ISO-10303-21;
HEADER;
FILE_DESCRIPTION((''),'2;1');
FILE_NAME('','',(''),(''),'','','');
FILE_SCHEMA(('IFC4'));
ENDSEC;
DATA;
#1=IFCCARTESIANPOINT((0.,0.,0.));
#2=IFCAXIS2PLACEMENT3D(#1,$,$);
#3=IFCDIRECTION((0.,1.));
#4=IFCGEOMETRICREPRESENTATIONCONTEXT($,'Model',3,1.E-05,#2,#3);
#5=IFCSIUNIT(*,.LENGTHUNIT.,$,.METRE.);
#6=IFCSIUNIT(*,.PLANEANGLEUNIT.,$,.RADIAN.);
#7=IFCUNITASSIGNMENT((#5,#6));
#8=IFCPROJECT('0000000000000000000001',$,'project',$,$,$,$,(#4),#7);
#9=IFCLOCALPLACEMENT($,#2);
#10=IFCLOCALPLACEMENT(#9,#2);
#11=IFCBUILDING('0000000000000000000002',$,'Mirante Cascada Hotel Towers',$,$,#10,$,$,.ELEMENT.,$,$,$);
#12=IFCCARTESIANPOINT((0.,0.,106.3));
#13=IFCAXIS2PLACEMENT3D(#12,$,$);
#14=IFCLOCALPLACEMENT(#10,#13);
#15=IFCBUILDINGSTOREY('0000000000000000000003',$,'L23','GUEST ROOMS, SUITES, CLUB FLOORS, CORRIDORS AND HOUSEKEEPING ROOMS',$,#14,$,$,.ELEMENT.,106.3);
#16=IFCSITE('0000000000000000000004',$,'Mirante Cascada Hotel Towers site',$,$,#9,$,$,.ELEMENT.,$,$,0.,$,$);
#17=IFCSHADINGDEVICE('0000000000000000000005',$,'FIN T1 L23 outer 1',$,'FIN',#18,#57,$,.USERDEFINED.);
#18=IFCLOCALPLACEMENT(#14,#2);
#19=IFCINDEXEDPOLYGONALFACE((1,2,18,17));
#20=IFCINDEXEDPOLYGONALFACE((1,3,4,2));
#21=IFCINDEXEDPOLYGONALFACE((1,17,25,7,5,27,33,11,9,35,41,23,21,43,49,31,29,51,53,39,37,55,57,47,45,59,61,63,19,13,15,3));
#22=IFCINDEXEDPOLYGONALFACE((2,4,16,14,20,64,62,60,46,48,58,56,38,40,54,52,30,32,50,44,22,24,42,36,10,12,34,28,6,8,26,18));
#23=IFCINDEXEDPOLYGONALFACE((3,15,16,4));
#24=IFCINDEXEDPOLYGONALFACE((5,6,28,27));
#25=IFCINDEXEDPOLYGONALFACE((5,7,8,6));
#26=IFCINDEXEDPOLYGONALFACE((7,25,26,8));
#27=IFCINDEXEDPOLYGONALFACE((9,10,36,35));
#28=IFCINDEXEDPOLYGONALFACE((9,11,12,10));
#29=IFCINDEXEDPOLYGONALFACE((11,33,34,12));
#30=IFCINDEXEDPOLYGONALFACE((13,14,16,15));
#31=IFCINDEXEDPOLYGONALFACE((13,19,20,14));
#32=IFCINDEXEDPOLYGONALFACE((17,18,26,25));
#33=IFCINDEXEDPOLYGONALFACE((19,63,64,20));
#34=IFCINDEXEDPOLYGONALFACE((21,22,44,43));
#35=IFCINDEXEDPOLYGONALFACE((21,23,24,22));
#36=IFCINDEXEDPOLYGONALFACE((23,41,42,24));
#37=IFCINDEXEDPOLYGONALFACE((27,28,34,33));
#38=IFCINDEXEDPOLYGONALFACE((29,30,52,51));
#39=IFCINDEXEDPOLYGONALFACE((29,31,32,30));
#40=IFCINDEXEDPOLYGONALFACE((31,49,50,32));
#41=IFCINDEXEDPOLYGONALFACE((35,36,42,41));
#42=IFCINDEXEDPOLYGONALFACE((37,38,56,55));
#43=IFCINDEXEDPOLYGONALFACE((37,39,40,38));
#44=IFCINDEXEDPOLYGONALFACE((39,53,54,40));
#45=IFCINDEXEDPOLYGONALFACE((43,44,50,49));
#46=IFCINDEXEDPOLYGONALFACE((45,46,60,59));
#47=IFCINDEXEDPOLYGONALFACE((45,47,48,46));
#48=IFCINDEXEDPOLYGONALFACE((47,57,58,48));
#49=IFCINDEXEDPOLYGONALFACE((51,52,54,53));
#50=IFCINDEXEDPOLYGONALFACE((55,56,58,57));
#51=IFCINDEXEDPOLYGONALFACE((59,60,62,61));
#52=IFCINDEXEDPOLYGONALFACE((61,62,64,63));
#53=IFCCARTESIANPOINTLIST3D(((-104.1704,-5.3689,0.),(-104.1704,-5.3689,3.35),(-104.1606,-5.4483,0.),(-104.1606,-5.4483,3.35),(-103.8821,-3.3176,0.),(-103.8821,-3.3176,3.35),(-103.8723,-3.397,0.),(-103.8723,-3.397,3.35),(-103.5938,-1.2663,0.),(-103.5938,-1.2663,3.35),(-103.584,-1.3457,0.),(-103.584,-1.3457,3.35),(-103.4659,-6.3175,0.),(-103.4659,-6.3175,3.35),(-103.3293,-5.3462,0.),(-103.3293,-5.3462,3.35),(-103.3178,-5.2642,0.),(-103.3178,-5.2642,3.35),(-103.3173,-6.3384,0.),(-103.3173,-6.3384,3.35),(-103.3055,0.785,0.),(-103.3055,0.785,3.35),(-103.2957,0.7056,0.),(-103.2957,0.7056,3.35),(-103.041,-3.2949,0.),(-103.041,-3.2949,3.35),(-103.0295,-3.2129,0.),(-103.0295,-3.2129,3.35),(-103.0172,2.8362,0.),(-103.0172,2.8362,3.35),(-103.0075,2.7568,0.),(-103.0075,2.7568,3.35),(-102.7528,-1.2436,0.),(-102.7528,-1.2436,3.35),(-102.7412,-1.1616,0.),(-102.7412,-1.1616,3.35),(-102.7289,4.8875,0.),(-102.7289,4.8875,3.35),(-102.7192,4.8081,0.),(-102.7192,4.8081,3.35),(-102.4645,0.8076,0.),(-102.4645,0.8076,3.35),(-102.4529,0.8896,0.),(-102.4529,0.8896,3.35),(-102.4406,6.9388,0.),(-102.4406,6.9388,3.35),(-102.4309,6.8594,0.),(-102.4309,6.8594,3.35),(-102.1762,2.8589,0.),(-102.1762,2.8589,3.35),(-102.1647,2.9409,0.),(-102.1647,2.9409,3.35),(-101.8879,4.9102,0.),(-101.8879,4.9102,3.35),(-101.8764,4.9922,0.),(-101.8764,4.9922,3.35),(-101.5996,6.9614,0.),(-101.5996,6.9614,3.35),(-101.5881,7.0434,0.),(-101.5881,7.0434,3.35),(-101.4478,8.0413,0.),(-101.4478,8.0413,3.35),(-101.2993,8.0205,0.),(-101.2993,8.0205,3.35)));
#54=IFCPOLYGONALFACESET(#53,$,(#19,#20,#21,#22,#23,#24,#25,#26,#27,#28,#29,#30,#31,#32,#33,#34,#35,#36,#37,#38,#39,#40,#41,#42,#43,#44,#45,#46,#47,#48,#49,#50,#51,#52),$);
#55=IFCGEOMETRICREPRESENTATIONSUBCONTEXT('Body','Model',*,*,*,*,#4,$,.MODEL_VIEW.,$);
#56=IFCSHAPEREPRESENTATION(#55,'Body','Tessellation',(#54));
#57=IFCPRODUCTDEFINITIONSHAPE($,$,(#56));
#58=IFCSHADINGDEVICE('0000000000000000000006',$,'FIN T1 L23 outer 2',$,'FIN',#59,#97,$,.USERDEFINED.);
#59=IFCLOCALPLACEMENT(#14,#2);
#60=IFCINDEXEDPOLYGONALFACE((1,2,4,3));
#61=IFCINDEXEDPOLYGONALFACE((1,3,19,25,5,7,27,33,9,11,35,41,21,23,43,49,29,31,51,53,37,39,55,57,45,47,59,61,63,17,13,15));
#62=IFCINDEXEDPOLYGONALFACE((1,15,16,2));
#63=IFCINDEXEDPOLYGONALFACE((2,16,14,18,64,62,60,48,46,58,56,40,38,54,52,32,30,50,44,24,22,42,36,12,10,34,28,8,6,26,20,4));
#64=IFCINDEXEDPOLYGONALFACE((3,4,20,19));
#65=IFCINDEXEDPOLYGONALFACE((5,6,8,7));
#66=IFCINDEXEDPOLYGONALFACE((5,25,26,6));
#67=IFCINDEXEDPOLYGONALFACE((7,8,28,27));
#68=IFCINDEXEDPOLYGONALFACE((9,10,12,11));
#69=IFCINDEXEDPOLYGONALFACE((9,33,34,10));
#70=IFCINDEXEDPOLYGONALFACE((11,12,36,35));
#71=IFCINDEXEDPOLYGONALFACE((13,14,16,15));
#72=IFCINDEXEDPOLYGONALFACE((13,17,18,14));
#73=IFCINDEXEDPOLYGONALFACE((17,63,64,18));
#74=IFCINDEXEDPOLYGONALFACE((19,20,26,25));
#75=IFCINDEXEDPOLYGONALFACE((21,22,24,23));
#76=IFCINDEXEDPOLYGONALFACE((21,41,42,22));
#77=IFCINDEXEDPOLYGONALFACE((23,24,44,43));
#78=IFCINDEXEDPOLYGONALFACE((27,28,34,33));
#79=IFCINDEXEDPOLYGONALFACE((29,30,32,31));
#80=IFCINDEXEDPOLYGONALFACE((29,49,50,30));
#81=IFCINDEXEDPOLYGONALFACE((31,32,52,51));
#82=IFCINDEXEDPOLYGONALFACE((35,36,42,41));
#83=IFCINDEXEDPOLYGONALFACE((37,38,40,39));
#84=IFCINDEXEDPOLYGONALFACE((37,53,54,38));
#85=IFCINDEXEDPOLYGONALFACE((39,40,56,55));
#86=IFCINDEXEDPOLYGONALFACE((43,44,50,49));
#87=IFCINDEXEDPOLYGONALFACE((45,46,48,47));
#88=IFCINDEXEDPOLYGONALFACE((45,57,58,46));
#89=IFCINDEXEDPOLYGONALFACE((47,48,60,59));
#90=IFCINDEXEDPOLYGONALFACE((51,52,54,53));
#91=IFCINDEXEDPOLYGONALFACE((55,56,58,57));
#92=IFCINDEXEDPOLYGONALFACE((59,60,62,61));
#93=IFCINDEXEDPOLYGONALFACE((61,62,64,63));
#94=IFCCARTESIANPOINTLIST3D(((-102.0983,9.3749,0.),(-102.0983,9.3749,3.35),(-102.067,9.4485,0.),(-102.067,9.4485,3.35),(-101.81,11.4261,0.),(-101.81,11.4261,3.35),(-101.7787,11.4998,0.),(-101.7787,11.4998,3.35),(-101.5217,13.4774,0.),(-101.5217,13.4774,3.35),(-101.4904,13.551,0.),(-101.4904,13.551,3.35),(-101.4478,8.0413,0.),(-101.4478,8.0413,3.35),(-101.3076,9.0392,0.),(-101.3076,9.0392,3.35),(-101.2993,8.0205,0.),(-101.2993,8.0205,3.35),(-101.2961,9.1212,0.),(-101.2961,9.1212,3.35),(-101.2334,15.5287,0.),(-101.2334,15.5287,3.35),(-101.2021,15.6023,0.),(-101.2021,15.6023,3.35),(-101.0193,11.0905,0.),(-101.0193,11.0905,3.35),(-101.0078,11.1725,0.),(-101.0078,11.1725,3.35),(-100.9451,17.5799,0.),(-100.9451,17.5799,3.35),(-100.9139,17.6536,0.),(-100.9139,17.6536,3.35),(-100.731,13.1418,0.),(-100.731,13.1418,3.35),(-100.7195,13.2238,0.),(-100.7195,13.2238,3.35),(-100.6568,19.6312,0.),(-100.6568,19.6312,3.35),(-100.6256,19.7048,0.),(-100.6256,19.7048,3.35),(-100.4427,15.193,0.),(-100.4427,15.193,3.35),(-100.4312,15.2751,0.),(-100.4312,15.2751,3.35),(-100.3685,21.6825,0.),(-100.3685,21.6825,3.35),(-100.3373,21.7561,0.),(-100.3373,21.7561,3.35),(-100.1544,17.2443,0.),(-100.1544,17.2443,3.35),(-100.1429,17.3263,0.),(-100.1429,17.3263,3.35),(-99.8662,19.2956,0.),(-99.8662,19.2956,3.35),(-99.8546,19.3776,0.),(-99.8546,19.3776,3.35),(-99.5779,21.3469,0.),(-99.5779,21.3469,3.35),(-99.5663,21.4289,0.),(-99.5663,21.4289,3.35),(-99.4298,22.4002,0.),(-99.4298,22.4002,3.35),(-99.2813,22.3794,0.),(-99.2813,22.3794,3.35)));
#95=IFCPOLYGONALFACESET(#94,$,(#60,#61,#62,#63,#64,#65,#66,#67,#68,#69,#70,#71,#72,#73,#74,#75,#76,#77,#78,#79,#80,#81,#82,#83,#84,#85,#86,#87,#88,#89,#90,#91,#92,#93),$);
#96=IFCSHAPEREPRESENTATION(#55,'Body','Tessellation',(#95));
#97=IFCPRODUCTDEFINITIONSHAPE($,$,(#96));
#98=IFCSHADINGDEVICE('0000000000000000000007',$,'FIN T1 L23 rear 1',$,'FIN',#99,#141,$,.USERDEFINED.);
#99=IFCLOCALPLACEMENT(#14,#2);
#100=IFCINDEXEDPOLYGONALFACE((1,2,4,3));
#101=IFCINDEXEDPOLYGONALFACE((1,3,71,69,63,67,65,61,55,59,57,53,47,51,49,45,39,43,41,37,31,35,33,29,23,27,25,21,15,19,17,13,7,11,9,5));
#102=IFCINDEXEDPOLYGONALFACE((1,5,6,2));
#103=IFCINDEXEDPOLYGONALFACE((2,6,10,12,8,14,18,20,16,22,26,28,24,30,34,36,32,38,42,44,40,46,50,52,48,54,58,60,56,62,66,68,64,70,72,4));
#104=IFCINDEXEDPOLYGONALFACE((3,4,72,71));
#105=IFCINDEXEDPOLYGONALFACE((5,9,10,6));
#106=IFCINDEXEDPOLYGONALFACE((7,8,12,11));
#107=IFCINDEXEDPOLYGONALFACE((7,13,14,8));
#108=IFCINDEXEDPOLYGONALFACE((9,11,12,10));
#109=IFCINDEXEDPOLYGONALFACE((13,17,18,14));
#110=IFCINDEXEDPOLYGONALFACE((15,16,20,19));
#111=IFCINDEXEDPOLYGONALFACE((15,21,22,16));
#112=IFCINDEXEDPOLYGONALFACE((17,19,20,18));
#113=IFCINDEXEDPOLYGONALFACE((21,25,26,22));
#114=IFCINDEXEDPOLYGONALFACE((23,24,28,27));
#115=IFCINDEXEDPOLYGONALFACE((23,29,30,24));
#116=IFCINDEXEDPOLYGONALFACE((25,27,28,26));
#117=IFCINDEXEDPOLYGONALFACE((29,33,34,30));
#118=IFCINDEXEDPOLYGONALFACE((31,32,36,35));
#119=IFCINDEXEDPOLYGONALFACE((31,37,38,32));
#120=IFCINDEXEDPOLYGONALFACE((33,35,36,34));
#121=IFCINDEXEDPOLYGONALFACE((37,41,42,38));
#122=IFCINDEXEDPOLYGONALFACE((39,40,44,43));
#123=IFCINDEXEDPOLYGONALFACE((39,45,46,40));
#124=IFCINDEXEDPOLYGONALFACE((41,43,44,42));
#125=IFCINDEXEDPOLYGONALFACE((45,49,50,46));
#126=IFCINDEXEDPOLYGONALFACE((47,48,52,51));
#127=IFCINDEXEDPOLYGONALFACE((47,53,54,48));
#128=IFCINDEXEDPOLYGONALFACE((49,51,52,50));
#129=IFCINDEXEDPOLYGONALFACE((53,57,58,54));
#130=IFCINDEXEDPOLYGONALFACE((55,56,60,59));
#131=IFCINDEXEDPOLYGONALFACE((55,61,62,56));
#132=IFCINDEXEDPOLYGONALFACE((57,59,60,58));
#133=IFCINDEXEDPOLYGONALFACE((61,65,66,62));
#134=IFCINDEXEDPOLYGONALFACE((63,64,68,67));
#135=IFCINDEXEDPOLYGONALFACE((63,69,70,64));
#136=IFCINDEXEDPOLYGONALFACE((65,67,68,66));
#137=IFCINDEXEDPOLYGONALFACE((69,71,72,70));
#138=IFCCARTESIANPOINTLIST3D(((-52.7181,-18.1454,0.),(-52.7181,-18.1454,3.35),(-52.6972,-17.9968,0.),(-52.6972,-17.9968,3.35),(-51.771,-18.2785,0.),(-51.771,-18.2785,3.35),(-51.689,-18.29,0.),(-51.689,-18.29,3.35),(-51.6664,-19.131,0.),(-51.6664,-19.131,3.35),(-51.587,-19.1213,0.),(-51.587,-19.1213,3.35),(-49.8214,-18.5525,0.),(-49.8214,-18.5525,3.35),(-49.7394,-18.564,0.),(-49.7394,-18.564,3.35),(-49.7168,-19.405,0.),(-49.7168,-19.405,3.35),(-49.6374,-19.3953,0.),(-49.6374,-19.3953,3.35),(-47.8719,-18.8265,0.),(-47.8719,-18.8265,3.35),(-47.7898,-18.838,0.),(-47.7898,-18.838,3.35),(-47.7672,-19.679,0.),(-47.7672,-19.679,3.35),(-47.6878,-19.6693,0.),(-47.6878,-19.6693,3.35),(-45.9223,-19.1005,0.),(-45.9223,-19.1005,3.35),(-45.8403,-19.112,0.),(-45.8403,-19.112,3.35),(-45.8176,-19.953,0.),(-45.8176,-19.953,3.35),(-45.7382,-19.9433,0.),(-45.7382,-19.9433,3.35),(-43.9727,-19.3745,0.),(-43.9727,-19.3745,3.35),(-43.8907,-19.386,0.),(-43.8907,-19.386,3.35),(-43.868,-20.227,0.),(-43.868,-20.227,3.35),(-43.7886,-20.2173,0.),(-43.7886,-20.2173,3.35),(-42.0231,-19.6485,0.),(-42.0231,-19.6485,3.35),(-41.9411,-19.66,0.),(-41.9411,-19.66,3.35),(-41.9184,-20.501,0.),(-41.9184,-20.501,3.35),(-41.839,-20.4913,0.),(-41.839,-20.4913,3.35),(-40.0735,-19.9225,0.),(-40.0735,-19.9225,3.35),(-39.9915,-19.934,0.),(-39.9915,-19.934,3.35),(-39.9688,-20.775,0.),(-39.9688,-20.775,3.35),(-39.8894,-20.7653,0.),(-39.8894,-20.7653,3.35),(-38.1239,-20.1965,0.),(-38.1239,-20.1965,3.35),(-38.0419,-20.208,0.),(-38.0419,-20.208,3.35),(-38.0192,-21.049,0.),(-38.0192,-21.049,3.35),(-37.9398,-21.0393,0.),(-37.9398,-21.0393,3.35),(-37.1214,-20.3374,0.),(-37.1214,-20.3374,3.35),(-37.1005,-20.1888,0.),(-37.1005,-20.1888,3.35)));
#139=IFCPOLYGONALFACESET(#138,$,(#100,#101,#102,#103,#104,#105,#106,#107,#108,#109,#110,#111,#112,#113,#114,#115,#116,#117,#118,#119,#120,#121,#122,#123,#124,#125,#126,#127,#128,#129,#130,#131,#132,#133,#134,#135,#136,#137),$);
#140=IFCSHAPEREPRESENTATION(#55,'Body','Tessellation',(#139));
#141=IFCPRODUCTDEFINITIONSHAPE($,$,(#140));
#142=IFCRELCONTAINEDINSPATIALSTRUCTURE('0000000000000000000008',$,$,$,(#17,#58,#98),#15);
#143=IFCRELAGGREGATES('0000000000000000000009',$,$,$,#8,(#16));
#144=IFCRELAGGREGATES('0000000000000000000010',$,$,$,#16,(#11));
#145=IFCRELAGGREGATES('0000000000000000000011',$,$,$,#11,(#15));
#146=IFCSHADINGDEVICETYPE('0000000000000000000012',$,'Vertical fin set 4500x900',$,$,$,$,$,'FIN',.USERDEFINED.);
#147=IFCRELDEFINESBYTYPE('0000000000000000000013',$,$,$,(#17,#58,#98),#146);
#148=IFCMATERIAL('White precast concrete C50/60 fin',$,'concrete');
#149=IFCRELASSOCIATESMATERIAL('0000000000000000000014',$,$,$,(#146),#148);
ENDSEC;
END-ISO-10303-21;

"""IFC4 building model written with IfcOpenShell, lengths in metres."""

from ifc_helpers import new_model, si_unit, direction, frame, origin, place, context, subcontext, project, spatial, polyline, outline, extrude, material, type_object, element, save


model = new_model("IFC4")

# Units and contexts
model_context = context("Model", 3, precision=1e-05, world=origin(), true_north=direction((0.0, 1.0)))
body_context = subcontext(model_context, "Body", "Model", "MODEL_VIEW")
ifc_project = project(units=[si_unit("LENGTHUNIT", "METRE"), si_unit("PLANEANGLEUNIT", "RADIAN")], contexts=[model_context])

# Site, building, storey
site_placement = place(None, origin())
site = spatial("IfcSite", under=ifc_project, at=site_placement, Name="Mirante Cascada Hotel Towers site", CompositionType="ELEMENT", RefElevation=0.0)
building_placement = place(site_placement, origin())
building = spatial("IfcBuilding", under=site, at=building_placement, Name="Mirante Cascada Hotel Towers", CompositionType="ELEMENT")
storey_placement = place(building_placement, frame((0.0, 0.0, 106.3)))
storey = spatial("IfcBuildingStorey", under=building, at=storey_placement, Name="L23", Description="GUEST ROOMS, SUITES, CLUB FLOORS, CORRIDORS AND HOUSEKEEPING ROOMS", CompositionType="ELEMENT", Elevation=106.3)

# Shading devices
ifc_material_1 = material(Name="White precast concrete C50/60 fin", Category="concrete")
shading_device_type = type_object("IfcShadingDeviceType", Name="Vertical fin set 4500x900", ElementType="FIN", PredefinedType="USERDEFINED", material=ifc_material_1)
shading_device_1_placement = place(storey_placement, origin())
element("IfcShadingDevice", 1, at=shading_device_1_placement, inside=storey, type_object=shading_device_type, Name="FIN T1 L23 outer 1", ObjectType="FIN", PredefinedType="USERDEFINED", context=body_context, shape_type="SweptSolid", body=[
    extrude(outline(polyline([(-103.3178, -5.2642), (-103.041, -3.2949), (-103.8723, -3.397), (-103.8821, -3.3176), (-103.0295, -3.2129), (-102.7528, -1.2436), (-103.584, -1.3457), (-103.5938, -1.2663), (-102.7412, -1.1616), (-102.4645, 0.8076), (-103.2957, 0.7056), (-103.3055, 0.785), (-102.4529, 0.8896), (-102.1762, 2.8589), (-103.0075, 2.7568), (-103.0172, 2.8362), (-102.1647, 2.9409), (-101.8879, 4.9102), (-102.7192, 4.8081), (-102.7289, 4.8875), (-101.8764, 4.9922), (-101.5996, 6.9614), (-102.4309, 6.8594), (-102.4406, 6.9388), (-101.5881, 7.0434), (-101.4478, 8.0413), (-101.2993, 8.0205), (-103.3173, -6.3384), (-103.4659, -6.3175), (-103.3293, -5.3462), (-104.1606, -5.4483), (-104.1704, -5.3689), (-103.3178, -5.2642)])), origin(), (0.0, 0.0, 1.0), 3.35),
])
shading_device_2_placement = place(storey_placement, origin())
element("IfcShadingDevice", 2, at=shading_device_2_placement, inside=storey, type_object=shading_device_type, Name="FIN T1 L23 outer 2", ObjectType="FIN", PredefinedType="USERDEFINED", context=body_context, shape_type="SweptSolid", body=[
    extrude(outline(polyline([(-101.2961, 9.1212), (-101.0193, 11.0905), (-101.81, 11.4261), (-101.7787, 11.4998), (-101.0078, 11.1725), (-100.731, 13.1418), (-101.5217, 13.4774), (-101.4904, 13.551), (-100.7195, 13.2238), (-100.4427, 15.193), (-101.2334, 15.5287), (-101.2021, 15.6023), (-100.4312, 15.2751), (-100.1544, 17.2443), (-100.9451, 17.5799), (-100.9139, 17.6536), (-100.1429, 17.3263), (-99.8662, 19.2956), (-100.6568, 19.6312), (-100.6256, 19.7048), (-99.8546, 19.3776), (-99.5779, 21.3469), (-100.3685, 21.6825), (-100.3373, 21.7561), (-99.5663, 21.4289), (-99.4298, 22.4002), (-99.2813, 22.3794), (-101.2993, 8.0205), (-101.4478, 8.0413), (-101.3076, 9.0392), (-102.0983, 9.3749), (-102.067, 9.4485), (-101.2961, 9.1212)])), origin(), (0.0, 0.0, 1.0), 3.35),
])
shading_device_3_placement = place(storey_placement, origin())
element("IfcShadingDevice", 3, at=shading_device_3_placement, inside=storey, type_object=shading_device_type, Name="FIN T1 L23 rear 1", ObjectType="FIN", PredefinedType="USERDEFINED", context=body_context, shape_type="SweptSolid", body=[
    extrude(outline(polyline([(-38.1239, -20.1965), (-39.9915, -19.934), (-39.8894, -20.7653), (-39.9688, -20.775), (-40.0735, -19.9225), (-41.9411, -19.66), (-41.839, -20.4913), (-41.9184, -20.501), (-42.0231, -19.6485), (-43.8907, -19.386), (-43.7886, -20.2173), (-43.868, -20.227), (-43.9727, -19.3745), (-45.8403, -19.112), (-45.7382, -19.9433), (-45.8176, -19.953), (-45.9223, -19.1005), (-47.7898, -18.838), (-47.6878, -19.6693), (-47.7672, -19.679), (-47.8719, -18.8265), (-49.7394, -18.564), (-49.6374, -19.3953), (-49.7168, -19.405), (-49.8214, -18.5525), (-51.689, -18.29), (-51.587, -19.1213), (-51.6664, -19.131), (-51.771, -18.2785), (-52.7181, -18.1454), (-52.6972, -17.9968), (-37.1005, -20.1888), (-37.1214, -20.3374), (-38.0419, -20.208), (-37.9398, -21.0393), (-38.0192, -21.049), (-38.1239, -20.1965)])), origin(), (0.0, 0.0, 1.0), 3.35),
])

save(model, "model.ifc")
